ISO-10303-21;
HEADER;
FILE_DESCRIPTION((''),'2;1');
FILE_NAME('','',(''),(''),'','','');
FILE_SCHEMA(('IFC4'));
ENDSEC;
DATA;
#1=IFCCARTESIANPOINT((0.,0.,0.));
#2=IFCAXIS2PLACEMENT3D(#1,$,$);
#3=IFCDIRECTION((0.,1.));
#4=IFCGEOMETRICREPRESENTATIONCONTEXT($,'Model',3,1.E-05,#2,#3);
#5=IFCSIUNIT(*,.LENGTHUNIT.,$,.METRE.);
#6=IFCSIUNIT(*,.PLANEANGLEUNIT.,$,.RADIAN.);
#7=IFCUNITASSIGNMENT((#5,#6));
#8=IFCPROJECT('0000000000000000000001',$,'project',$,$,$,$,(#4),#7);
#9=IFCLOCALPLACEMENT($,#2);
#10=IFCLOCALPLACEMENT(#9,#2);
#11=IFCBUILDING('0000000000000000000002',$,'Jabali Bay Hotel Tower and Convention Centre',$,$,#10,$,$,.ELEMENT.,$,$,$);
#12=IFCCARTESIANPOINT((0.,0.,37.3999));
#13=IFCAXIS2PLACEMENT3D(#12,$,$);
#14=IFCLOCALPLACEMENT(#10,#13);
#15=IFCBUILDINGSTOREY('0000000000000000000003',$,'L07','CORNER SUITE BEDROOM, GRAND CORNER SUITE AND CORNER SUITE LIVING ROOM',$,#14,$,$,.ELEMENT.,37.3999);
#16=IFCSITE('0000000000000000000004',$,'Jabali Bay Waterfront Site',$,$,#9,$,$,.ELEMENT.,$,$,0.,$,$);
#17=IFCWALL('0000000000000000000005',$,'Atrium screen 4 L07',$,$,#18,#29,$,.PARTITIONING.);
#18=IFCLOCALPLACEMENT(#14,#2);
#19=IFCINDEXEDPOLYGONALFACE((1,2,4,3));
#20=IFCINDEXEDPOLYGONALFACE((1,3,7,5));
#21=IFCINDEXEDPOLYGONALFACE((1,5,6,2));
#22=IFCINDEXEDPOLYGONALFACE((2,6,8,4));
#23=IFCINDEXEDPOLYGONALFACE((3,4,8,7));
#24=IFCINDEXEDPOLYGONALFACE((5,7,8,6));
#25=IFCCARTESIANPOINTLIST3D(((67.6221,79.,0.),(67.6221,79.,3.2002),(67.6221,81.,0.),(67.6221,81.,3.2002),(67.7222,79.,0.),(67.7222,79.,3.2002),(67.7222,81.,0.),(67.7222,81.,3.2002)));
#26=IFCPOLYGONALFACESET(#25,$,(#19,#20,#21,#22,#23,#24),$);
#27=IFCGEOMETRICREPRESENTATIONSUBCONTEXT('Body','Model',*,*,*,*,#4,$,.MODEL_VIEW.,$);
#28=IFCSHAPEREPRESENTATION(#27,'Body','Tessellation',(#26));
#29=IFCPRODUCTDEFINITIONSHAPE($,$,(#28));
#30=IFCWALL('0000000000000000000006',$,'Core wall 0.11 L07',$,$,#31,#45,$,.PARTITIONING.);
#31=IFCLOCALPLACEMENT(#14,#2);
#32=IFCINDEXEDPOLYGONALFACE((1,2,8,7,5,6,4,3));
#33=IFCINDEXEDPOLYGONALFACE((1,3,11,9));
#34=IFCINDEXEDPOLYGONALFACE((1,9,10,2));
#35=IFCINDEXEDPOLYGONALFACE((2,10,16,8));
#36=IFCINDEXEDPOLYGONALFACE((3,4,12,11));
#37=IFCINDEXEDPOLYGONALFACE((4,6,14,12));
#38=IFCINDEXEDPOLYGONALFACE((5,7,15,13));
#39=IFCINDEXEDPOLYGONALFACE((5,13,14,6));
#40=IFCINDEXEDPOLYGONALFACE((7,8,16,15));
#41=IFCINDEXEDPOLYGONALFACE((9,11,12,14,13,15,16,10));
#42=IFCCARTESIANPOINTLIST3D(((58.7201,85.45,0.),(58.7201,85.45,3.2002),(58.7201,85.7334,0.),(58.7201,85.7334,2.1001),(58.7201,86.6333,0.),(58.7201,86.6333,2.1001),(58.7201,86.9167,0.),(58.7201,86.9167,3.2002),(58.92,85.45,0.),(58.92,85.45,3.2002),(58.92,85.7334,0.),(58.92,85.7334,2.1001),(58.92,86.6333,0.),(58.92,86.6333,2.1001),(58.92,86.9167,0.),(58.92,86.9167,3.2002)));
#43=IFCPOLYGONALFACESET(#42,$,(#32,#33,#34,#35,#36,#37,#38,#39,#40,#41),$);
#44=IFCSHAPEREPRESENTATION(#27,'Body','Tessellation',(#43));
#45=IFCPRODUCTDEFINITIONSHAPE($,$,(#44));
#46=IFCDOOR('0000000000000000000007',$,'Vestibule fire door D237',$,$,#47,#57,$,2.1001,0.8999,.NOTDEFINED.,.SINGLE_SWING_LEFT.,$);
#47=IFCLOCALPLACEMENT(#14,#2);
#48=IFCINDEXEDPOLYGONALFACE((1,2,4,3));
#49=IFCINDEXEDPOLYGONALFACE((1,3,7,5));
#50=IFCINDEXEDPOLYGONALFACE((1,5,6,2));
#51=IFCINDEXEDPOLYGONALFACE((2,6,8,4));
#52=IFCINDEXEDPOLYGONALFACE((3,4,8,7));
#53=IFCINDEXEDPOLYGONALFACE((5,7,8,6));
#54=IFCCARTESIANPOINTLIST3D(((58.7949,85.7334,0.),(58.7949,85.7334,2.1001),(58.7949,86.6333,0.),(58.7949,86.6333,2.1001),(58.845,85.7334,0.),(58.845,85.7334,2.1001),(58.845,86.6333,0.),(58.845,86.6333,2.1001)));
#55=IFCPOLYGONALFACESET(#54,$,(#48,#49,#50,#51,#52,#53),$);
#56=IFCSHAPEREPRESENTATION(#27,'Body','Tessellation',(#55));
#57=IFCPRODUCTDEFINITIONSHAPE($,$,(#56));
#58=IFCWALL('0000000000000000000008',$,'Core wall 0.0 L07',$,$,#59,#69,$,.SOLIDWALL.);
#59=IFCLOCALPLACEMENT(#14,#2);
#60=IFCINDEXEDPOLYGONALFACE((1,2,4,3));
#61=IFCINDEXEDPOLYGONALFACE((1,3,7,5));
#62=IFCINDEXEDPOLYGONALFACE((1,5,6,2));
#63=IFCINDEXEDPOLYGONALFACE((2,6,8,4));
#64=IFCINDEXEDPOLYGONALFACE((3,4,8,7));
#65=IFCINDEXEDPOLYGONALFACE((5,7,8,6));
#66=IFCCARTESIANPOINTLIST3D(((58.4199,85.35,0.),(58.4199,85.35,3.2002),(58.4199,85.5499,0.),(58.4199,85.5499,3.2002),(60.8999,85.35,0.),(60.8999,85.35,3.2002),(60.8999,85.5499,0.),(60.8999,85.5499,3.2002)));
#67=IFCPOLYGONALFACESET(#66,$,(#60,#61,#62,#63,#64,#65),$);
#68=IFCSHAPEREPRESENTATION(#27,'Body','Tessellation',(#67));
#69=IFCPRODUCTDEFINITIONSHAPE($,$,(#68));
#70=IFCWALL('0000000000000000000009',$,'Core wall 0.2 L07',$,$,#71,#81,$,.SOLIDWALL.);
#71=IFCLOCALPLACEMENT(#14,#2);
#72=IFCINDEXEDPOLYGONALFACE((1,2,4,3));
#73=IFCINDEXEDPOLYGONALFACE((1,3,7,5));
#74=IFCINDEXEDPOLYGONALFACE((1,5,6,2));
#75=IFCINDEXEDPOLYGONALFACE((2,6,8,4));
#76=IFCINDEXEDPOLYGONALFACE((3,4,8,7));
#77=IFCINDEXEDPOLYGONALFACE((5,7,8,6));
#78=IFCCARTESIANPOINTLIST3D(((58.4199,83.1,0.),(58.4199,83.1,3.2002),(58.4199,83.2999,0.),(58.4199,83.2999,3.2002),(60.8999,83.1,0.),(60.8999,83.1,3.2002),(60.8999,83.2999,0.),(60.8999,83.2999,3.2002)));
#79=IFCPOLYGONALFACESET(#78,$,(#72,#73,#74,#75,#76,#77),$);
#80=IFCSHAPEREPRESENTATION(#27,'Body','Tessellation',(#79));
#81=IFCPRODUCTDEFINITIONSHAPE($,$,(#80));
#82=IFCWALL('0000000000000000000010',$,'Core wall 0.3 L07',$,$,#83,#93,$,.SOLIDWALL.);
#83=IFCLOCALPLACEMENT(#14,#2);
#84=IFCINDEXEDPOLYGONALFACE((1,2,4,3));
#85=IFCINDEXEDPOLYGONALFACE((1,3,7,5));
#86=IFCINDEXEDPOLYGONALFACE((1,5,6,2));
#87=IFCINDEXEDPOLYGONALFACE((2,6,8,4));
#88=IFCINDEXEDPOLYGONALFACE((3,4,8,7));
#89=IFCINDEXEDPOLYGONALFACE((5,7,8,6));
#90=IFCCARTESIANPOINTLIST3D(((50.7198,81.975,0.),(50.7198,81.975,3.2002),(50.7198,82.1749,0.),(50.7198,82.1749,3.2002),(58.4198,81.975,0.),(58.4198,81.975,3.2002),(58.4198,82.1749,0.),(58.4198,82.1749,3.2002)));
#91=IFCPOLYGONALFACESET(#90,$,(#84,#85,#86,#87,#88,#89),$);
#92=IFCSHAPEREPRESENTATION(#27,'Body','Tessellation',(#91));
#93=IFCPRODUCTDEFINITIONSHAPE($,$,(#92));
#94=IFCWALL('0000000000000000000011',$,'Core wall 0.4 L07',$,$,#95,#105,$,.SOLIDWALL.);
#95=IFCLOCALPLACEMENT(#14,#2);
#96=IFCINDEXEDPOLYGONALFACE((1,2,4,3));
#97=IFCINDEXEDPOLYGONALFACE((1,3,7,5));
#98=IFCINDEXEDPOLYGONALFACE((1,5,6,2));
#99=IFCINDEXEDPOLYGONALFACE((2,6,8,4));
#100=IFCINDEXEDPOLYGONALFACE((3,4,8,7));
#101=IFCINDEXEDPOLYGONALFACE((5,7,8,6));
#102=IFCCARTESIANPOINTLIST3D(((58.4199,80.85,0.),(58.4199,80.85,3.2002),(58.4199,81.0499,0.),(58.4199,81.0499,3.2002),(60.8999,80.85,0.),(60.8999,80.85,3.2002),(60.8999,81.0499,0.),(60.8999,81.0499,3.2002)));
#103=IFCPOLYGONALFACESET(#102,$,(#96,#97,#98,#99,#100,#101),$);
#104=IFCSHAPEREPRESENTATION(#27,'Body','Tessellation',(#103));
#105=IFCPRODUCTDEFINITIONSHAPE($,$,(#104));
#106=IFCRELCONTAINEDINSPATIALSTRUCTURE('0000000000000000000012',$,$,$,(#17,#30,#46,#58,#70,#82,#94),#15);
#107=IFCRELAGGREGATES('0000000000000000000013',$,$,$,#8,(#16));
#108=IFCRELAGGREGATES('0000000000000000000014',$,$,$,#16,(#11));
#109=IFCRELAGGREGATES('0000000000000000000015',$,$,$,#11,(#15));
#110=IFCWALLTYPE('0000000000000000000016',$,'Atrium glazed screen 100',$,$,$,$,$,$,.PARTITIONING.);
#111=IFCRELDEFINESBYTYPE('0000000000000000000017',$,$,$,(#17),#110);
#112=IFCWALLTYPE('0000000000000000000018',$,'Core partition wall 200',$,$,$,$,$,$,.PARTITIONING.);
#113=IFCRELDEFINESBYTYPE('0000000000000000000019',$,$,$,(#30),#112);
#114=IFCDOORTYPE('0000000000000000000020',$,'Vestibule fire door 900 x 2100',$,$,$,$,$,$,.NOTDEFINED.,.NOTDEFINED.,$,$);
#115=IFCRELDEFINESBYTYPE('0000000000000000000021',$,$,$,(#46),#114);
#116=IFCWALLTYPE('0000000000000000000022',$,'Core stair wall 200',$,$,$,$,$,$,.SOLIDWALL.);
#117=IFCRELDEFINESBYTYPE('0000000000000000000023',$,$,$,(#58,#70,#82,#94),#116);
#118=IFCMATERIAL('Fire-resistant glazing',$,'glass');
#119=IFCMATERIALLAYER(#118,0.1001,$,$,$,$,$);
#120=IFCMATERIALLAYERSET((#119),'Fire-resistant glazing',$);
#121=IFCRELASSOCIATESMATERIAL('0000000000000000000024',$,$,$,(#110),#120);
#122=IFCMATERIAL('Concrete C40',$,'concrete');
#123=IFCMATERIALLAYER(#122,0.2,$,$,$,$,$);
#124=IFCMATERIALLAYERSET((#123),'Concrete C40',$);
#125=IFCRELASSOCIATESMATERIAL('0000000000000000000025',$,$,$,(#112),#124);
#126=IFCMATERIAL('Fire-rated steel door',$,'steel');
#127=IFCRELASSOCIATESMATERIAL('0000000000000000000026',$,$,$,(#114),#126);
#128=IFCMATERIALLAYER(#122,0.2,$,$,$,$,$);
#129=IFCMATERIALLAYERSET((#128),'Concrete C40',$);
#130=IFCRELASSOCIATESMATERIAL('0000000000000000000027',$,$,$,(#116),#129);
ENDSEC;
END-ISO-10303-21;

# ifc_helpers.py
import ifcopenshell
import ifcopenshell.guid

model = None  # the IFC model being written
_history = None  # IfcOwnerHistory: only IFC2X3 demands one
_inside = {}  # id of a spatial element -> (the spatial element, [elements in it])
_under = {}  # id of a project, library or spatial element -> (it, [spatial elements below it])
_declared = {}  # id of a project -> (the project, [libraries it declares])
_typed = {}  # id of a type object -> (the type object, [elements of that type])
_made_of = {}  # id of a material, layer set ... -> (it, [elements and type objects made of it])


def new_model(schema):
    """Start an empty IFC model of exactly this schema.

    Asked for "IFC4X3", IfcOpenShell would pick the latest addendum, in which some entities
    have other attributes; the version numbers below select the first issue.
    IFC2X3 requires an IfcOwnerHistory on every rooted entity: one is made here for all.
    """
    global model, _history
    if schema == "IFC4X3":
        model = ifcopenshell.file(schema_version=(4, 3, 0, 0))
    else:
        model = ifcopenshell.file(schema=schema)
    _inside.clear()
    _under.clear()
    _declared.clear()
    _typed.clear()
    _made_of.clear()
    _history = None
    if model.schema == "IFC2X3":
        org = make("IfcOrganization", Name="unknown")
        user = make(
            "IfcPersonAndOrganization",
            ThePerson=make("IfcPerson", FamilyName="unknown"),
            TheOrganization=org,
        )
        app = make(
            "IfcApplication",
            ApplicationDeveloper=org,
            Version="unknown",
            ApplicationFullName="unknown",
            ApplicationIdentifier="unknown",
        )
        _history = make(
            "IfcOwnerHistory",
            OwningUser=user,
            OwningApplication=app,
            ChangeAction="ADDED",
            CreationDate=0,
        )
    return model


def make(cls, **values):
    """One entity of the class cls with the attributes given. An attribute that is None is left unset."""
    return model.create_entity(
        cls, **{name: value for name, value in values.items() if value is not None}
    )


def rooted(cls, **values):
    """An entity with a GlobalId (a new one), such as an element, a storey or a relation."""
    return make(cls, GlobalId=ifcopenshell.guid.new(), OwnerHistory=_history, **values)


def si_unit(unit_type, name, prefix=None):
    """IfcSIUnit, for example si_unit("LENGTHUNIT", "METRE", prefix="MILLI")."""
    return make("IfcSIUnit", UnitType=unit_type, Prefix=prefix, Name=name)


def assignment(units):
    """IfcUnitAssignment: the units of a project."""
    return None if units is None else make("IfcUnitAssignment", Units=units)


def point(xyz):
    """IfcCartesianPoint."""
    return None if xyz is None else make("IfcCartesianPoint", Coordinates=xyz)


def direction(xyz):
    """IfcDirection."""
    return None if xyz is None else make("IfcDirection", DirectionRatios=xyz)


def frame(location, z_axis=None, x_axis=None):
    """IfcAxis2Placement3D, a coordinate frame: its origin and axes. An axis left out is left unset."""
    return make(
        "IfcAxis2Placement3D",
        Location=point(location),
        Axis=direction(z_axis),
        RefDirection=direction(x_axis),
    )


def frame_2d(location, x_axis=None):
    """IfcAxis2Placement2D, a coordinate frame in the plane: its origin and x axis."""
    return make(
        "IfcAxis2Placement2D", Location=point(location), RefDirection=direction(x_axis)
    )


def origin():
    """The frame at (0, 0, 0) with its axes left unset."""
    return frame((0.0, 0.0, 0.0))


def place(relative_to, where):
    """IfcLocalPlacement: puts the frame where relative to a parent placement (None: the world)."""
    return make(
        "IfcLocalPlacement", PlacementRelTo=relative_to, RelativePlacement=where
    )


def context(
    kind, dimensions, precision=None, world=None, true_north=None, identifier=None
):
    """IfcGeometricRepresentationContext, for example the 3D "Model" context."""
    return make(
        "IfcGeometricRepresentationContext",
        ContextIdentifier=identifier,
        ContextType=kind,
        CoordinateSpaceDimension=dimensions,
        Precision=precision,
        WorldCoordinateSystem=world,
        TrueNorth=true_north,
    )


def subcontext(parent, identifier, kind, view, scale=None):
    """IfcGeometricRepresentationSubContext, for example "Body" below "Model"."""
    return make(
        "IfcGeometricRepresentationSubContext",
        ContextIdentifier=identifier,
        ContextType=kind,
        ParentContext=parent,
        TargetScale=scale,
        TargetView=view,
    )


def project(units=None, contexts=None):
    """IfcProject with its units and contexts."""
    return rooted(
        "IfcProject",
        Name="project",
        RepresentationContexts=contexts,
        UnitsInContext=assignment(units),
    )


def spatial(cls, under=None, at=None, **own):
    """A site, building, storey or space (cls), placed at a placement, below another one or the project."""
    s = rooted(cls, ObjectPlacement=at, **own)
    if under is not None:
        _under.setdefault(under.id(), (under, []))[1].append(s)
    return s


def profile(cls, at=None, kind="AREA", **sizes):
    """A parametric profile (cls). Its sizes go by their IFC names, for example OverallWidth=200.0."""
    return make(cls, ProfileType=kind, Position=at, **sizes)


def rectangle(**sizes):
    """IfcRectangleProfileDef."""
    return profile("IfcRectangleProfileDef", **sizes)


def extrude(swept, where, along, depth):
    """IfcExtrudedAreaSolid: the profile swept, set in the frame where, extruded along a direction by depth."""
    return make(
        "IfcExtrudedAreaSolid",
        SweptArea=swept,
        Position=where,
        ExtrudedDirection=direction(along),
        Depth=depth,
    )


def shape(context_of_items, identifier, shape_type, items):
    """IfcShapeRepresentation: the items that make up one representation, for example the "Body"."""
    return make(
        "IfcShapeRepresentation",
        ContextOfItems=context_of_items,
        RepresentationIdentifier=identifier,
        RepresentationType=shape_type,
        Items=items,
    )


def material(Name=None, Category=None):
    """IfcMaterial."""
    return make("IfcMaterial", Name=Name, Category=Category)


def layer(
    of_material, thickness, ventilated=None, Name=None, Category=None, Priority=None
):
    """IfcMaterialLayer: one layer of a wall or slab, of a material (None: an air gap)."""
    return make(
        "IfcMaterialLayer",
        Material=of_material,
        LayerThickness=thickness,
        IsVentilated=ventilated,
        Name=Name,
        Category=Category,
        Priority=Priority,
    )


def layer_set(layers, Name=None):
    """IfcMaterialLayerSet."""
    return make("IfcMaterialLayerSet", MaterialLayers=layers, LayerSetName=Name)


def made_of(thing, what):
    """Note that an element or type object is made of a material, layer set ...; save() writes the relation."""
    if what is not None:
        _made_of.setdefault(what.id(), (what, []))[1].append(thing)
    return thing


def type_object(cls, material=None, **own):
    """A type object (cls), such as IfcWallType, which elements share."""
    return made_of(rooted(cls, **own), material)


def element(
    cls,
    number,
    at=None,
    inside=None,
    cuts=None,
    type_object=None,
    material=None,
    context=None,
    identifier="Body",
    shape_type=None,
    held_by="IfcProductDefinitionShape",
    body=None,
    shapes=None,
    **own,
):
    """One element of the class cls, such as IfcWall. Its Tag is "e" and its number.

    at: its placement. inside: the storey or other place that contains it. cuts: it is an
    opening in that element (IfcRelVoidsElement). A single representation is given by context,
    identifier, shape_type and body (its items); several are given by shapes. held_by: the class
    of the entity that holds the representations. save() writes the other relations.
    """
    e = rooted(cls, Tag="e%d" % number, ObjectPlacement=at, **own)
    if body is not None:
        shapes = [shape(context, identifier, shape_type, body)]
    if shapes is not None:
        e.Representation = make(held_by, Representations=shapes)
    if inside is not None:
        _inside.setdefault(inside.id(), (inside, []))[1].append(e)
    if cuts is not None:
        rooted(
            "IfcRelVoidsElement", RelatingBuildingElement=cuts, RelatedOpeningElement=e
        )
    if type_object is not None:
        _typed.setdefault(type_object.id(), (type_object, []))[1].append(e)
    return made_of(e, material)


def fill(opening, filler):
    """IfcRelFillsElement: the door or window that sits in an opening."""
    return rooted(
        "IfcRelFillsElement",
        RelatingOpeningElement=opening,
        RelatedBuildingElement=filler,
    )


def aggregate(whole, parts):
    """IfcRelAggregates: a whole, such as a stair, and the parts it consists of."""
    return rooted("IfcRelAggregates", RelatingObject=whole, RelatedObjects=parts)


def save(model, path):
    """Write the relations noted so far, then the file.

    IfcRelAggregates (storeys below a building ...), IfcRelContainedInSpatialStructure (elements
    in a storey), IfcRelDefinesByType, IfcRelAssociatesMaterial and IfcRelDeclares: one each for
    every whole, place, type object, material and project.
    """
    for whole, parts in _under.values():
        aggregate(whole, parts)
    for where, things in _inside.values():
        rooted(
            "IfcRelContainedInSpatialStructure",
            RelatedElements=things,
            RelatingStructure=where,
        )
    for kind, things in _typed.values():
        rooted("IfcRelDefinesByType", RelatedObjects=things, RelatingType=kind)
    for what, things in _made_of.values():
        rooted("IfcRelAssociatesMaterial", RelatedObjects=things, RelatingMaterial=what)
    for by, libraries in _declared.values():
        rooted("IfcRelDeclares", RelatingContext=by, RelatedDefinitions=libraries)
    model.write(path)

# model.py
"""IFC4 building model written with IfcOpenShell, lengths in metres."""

from ifc_helpers import new_model, si_unit, direction, frame, frame_2d, origin, place, context, subcontext, project, spatial, rectangle, extrude, material, layer, layer_set, type_object, element, fill, save


model = new_model("IFC4")

# Units and contexts
model_context = context("Model", 3, precision=1e-05, world=origin(), true_north=direction((0.0, 1.0)))
body_context = subcontext(model_context, "Body", "Model", "MODEL_VIEW")
ifc_project = project(units=[si_unit("LENGTHUNIT", "METRE"), si_unit("PLANEANGLEUNIT", "RADIAN")], contexts=[model_context])

# Site, building, storey
site_placement = place(None, origin())
site = spatial("IfcSite", under=ifc_project, at=site_placement, Name="Jabali Bay Waterfront Site", CompositionType="ELEMENT", RefElevation=0.0)
building_placement = place(site_placement, origin())
building = spatial("IfcBuilding", under=site, at=building_placement, Name="Jabali Bay Hotel Tower and Convention Centre", CompositionType="ELEMENT")
storey_placement = place(building_placement, frame((0.0, 0.0, 37.3999)))
storey = spatial("IfcBuildingStorey", under=building, at=storey_placement, Name="L07", Description="CORNER SUITE BEDROOM, GRAND CORNER SUITE AND CORNER SUITE LIVING ROOM", CompositionType="ELEMENT", Elevation=37.3999)

# Wall
ifc_material_1 = material(Name="Fire-resistant glazing", Category="glass")
ifc_layer_1 = layer(ifc_material_1, 0.1001)
ifc_layer_set_1 = layer_set([ifc_layer_1], Name="Fire-resistant glazing")
wall_type_1 = type_object("IfcWallType", Name="Atrium glazed screen 100", PredefinedType="PARTITIONING", material=ifc_layer_set_1)
wall_1_placement = place(storey_placement, frame((67.6721, 81.0, 0.0), z_axis=(0.0, 0.0, 1.0), x_axis=(0.0, -1.0, 0.0)))
element("IfcWall", 1, at=wall_1_placement, inside=storey, type_object=wall_type_1, Name="Atrium screen 4 L07", PredefinedType="PARTITIONING", context=body_context, shape_type="SweptSolid", body=[
    extrude(rectangle(XDim=2.0, YDim=0.1001, at=frame_2d((1.0, 0.0))), origin(), (0.0, 0.0, 1.0), 3.2002),
])

# Wall, opening, door
ifc_material_2 = material(Name="Concrete C40", Category="concrete")
ifc_layer_2 = layer(ifc_material_2, 0.2)
ifc_layer_set_2 = layer_set([ifc_layer_2], Name="Concrete C40")
wall_type_2 = type_object("IfcWallType", Name="Core partition wall 200", PredefinedType="PARTITIONING", material=ifc_layer_set_2)
wall_2_placement = place(storey_placement, frame((58.8201, 86.9167, 0.0), z_axis=(0.0, 0.0, 1.0), x_axis=(0.0, -1.0, 0.0)))
wall_2 = element("IfcWall", 2, at=wall_2_placement, inside=storey, type_object=wall_type_2, Name="Core wall 0.11 L07", PredefinedType="PARTITIONING", context=body_context, shape_type="SweptSolid", body=[
    extrude(rectangle(XDim=1.4668, YDim=0.2, at=frame_2d((0.7334, 0.0))), origin(), (0.0, 0.0, 1.0), 3.2002),
])
opening_1_placement = place(wall_2_placement, frame((0.2834, 0.0, 0.0)))
opening_1 = element("IfcOpeningElement", 3, at=opening_1_placement, cuts=wall_2, PredefinedType="OPENING", context=body_context, shape_type="SweptSolid", body=[
    extrude(rectangle(XDim=0.8999, YDim=2.1001, at=frame_2d((0.45, 1.05))), frame((0.0, 0.1104, 0.0), z_axis=(0.0, -1.0, 0.0), x_axis=(1.0, 0.0, 0.0)), (0.0, 0.0, 1.0), 0.2209),
])
ifc_material_3 = material(Name="Fire-rated steel door", Category="steel")
door_type_1 = type_object("IfcDoorType", Name="Vestibule fire door 900 x 2100", OperationType="NOTDEFINED", PredefinedType="NOTDEFINED", material=ifc_material_3)
door_1_placement = place(opening_1_placement, origin())
door_1 = element("IfcDoor", 4, at=door_1_placement, inside=storey, type_object=door_type_1, Name="Vestibule fire door D237", OperationType="SINGLE_SWING_LEFT", OverallHeight=2.1001, OverallWidth=0.8999, PredefinedType="NOTDEFINED", context=body_context, shape_type="SweptSolid", body=[
    extrude(rectangle(XDim=0.8999, YDim=2.1001, at=frame_2d((0.45, 1.05))), frame((0.0, 0.0249, 0.0), z_axis=(0.0, -1.0, 0.0), x_axis=(1.0, 0.0, 0.0)), (0.0, 0.0, 1.0), 0.05),
])
fill(opening_1, door_1)

# Walls
ifc_layer_3 = layer(ifc_material_2, 0.2)
ifc_layer_set_3 = layer_set([ifc_layer_3], Name="Concrete C40")
wall_type_3 = type_object("IfcWallType", Name="Core stair wall 200", PredefinedType="SOLIDWALL", material=ifc_layer_set_3)
for number, where, z_axis, x_axis, name in (
    (5, (60.8999, 85.45, 0.0), (0.0, 0.0, 1.0), (-1.0, 0.0, 0.0), "Core wall 0.0 L07"),
    (6, (60.8999, 83.2, 0.0), (0.0, 0.0, 1.0), (-1.0, 0.0, 0.0), "Core wall 0.2 L07"),
):
    element("IfcWall", number, at=place(storey_placement, frame(where, z_axis=z_axis, x_axis=x_axis)), inside=storey, type_object=wall_type_3, Name=name, PredefinedType="SOLIDWALL", context=body_context, shape_type="SweptSolid", body=[
        extrude(rectangle(XDim=2.48, YDim=0.2, at=frame_2d((1.24, 0.0))), origin(), (0.0, 0.0, 1.0), 3.2002),
    ])
wall_3_placement = place(storey_placement, frame((58.4199, 82.075, 0.0), z_axis=(0.0, 0.0, 1.0), x_axis=(-1.0, 0.0, 0.0)))
element("IfcWall", 7, at=wall_3_placement, inside=storey, type_object=wall_type_3, Name="Core wall 0.3 L07", PredefinedType="SOLIDWALL", context=body_context, shape_type="SweptSolid", body=[
    extrude(rectangle(XDim=7.7, YDim=0.2, at=frame_2d((3.8501, 0.0))), origin(), (0.0, 0.0, 1.0), 3.2002),
])
wall_4_placement = place(storey_placement, frame((60.8999, 80.95, 0.0), z_axis=(0.0, 0.0, 1.0), x_axis=(-1.0, 0.0, 0.0)))
element("IfcWall", 8, at=wall_4_placement, inside=storey, type_object=wall_type_3, Name="Core wall 0.4 L07", PredefinedType="SOLIDWALL", context=body_context, shape_type="SweptSolid", body=[
    extrude(rectangle(XDim=2.48, YDim=0.2, at=frame_2d((1.24, 0.0))), origin(), (0.0, 0.0, 1.0), 3.2002),
])

save(model, "model.ifc")
